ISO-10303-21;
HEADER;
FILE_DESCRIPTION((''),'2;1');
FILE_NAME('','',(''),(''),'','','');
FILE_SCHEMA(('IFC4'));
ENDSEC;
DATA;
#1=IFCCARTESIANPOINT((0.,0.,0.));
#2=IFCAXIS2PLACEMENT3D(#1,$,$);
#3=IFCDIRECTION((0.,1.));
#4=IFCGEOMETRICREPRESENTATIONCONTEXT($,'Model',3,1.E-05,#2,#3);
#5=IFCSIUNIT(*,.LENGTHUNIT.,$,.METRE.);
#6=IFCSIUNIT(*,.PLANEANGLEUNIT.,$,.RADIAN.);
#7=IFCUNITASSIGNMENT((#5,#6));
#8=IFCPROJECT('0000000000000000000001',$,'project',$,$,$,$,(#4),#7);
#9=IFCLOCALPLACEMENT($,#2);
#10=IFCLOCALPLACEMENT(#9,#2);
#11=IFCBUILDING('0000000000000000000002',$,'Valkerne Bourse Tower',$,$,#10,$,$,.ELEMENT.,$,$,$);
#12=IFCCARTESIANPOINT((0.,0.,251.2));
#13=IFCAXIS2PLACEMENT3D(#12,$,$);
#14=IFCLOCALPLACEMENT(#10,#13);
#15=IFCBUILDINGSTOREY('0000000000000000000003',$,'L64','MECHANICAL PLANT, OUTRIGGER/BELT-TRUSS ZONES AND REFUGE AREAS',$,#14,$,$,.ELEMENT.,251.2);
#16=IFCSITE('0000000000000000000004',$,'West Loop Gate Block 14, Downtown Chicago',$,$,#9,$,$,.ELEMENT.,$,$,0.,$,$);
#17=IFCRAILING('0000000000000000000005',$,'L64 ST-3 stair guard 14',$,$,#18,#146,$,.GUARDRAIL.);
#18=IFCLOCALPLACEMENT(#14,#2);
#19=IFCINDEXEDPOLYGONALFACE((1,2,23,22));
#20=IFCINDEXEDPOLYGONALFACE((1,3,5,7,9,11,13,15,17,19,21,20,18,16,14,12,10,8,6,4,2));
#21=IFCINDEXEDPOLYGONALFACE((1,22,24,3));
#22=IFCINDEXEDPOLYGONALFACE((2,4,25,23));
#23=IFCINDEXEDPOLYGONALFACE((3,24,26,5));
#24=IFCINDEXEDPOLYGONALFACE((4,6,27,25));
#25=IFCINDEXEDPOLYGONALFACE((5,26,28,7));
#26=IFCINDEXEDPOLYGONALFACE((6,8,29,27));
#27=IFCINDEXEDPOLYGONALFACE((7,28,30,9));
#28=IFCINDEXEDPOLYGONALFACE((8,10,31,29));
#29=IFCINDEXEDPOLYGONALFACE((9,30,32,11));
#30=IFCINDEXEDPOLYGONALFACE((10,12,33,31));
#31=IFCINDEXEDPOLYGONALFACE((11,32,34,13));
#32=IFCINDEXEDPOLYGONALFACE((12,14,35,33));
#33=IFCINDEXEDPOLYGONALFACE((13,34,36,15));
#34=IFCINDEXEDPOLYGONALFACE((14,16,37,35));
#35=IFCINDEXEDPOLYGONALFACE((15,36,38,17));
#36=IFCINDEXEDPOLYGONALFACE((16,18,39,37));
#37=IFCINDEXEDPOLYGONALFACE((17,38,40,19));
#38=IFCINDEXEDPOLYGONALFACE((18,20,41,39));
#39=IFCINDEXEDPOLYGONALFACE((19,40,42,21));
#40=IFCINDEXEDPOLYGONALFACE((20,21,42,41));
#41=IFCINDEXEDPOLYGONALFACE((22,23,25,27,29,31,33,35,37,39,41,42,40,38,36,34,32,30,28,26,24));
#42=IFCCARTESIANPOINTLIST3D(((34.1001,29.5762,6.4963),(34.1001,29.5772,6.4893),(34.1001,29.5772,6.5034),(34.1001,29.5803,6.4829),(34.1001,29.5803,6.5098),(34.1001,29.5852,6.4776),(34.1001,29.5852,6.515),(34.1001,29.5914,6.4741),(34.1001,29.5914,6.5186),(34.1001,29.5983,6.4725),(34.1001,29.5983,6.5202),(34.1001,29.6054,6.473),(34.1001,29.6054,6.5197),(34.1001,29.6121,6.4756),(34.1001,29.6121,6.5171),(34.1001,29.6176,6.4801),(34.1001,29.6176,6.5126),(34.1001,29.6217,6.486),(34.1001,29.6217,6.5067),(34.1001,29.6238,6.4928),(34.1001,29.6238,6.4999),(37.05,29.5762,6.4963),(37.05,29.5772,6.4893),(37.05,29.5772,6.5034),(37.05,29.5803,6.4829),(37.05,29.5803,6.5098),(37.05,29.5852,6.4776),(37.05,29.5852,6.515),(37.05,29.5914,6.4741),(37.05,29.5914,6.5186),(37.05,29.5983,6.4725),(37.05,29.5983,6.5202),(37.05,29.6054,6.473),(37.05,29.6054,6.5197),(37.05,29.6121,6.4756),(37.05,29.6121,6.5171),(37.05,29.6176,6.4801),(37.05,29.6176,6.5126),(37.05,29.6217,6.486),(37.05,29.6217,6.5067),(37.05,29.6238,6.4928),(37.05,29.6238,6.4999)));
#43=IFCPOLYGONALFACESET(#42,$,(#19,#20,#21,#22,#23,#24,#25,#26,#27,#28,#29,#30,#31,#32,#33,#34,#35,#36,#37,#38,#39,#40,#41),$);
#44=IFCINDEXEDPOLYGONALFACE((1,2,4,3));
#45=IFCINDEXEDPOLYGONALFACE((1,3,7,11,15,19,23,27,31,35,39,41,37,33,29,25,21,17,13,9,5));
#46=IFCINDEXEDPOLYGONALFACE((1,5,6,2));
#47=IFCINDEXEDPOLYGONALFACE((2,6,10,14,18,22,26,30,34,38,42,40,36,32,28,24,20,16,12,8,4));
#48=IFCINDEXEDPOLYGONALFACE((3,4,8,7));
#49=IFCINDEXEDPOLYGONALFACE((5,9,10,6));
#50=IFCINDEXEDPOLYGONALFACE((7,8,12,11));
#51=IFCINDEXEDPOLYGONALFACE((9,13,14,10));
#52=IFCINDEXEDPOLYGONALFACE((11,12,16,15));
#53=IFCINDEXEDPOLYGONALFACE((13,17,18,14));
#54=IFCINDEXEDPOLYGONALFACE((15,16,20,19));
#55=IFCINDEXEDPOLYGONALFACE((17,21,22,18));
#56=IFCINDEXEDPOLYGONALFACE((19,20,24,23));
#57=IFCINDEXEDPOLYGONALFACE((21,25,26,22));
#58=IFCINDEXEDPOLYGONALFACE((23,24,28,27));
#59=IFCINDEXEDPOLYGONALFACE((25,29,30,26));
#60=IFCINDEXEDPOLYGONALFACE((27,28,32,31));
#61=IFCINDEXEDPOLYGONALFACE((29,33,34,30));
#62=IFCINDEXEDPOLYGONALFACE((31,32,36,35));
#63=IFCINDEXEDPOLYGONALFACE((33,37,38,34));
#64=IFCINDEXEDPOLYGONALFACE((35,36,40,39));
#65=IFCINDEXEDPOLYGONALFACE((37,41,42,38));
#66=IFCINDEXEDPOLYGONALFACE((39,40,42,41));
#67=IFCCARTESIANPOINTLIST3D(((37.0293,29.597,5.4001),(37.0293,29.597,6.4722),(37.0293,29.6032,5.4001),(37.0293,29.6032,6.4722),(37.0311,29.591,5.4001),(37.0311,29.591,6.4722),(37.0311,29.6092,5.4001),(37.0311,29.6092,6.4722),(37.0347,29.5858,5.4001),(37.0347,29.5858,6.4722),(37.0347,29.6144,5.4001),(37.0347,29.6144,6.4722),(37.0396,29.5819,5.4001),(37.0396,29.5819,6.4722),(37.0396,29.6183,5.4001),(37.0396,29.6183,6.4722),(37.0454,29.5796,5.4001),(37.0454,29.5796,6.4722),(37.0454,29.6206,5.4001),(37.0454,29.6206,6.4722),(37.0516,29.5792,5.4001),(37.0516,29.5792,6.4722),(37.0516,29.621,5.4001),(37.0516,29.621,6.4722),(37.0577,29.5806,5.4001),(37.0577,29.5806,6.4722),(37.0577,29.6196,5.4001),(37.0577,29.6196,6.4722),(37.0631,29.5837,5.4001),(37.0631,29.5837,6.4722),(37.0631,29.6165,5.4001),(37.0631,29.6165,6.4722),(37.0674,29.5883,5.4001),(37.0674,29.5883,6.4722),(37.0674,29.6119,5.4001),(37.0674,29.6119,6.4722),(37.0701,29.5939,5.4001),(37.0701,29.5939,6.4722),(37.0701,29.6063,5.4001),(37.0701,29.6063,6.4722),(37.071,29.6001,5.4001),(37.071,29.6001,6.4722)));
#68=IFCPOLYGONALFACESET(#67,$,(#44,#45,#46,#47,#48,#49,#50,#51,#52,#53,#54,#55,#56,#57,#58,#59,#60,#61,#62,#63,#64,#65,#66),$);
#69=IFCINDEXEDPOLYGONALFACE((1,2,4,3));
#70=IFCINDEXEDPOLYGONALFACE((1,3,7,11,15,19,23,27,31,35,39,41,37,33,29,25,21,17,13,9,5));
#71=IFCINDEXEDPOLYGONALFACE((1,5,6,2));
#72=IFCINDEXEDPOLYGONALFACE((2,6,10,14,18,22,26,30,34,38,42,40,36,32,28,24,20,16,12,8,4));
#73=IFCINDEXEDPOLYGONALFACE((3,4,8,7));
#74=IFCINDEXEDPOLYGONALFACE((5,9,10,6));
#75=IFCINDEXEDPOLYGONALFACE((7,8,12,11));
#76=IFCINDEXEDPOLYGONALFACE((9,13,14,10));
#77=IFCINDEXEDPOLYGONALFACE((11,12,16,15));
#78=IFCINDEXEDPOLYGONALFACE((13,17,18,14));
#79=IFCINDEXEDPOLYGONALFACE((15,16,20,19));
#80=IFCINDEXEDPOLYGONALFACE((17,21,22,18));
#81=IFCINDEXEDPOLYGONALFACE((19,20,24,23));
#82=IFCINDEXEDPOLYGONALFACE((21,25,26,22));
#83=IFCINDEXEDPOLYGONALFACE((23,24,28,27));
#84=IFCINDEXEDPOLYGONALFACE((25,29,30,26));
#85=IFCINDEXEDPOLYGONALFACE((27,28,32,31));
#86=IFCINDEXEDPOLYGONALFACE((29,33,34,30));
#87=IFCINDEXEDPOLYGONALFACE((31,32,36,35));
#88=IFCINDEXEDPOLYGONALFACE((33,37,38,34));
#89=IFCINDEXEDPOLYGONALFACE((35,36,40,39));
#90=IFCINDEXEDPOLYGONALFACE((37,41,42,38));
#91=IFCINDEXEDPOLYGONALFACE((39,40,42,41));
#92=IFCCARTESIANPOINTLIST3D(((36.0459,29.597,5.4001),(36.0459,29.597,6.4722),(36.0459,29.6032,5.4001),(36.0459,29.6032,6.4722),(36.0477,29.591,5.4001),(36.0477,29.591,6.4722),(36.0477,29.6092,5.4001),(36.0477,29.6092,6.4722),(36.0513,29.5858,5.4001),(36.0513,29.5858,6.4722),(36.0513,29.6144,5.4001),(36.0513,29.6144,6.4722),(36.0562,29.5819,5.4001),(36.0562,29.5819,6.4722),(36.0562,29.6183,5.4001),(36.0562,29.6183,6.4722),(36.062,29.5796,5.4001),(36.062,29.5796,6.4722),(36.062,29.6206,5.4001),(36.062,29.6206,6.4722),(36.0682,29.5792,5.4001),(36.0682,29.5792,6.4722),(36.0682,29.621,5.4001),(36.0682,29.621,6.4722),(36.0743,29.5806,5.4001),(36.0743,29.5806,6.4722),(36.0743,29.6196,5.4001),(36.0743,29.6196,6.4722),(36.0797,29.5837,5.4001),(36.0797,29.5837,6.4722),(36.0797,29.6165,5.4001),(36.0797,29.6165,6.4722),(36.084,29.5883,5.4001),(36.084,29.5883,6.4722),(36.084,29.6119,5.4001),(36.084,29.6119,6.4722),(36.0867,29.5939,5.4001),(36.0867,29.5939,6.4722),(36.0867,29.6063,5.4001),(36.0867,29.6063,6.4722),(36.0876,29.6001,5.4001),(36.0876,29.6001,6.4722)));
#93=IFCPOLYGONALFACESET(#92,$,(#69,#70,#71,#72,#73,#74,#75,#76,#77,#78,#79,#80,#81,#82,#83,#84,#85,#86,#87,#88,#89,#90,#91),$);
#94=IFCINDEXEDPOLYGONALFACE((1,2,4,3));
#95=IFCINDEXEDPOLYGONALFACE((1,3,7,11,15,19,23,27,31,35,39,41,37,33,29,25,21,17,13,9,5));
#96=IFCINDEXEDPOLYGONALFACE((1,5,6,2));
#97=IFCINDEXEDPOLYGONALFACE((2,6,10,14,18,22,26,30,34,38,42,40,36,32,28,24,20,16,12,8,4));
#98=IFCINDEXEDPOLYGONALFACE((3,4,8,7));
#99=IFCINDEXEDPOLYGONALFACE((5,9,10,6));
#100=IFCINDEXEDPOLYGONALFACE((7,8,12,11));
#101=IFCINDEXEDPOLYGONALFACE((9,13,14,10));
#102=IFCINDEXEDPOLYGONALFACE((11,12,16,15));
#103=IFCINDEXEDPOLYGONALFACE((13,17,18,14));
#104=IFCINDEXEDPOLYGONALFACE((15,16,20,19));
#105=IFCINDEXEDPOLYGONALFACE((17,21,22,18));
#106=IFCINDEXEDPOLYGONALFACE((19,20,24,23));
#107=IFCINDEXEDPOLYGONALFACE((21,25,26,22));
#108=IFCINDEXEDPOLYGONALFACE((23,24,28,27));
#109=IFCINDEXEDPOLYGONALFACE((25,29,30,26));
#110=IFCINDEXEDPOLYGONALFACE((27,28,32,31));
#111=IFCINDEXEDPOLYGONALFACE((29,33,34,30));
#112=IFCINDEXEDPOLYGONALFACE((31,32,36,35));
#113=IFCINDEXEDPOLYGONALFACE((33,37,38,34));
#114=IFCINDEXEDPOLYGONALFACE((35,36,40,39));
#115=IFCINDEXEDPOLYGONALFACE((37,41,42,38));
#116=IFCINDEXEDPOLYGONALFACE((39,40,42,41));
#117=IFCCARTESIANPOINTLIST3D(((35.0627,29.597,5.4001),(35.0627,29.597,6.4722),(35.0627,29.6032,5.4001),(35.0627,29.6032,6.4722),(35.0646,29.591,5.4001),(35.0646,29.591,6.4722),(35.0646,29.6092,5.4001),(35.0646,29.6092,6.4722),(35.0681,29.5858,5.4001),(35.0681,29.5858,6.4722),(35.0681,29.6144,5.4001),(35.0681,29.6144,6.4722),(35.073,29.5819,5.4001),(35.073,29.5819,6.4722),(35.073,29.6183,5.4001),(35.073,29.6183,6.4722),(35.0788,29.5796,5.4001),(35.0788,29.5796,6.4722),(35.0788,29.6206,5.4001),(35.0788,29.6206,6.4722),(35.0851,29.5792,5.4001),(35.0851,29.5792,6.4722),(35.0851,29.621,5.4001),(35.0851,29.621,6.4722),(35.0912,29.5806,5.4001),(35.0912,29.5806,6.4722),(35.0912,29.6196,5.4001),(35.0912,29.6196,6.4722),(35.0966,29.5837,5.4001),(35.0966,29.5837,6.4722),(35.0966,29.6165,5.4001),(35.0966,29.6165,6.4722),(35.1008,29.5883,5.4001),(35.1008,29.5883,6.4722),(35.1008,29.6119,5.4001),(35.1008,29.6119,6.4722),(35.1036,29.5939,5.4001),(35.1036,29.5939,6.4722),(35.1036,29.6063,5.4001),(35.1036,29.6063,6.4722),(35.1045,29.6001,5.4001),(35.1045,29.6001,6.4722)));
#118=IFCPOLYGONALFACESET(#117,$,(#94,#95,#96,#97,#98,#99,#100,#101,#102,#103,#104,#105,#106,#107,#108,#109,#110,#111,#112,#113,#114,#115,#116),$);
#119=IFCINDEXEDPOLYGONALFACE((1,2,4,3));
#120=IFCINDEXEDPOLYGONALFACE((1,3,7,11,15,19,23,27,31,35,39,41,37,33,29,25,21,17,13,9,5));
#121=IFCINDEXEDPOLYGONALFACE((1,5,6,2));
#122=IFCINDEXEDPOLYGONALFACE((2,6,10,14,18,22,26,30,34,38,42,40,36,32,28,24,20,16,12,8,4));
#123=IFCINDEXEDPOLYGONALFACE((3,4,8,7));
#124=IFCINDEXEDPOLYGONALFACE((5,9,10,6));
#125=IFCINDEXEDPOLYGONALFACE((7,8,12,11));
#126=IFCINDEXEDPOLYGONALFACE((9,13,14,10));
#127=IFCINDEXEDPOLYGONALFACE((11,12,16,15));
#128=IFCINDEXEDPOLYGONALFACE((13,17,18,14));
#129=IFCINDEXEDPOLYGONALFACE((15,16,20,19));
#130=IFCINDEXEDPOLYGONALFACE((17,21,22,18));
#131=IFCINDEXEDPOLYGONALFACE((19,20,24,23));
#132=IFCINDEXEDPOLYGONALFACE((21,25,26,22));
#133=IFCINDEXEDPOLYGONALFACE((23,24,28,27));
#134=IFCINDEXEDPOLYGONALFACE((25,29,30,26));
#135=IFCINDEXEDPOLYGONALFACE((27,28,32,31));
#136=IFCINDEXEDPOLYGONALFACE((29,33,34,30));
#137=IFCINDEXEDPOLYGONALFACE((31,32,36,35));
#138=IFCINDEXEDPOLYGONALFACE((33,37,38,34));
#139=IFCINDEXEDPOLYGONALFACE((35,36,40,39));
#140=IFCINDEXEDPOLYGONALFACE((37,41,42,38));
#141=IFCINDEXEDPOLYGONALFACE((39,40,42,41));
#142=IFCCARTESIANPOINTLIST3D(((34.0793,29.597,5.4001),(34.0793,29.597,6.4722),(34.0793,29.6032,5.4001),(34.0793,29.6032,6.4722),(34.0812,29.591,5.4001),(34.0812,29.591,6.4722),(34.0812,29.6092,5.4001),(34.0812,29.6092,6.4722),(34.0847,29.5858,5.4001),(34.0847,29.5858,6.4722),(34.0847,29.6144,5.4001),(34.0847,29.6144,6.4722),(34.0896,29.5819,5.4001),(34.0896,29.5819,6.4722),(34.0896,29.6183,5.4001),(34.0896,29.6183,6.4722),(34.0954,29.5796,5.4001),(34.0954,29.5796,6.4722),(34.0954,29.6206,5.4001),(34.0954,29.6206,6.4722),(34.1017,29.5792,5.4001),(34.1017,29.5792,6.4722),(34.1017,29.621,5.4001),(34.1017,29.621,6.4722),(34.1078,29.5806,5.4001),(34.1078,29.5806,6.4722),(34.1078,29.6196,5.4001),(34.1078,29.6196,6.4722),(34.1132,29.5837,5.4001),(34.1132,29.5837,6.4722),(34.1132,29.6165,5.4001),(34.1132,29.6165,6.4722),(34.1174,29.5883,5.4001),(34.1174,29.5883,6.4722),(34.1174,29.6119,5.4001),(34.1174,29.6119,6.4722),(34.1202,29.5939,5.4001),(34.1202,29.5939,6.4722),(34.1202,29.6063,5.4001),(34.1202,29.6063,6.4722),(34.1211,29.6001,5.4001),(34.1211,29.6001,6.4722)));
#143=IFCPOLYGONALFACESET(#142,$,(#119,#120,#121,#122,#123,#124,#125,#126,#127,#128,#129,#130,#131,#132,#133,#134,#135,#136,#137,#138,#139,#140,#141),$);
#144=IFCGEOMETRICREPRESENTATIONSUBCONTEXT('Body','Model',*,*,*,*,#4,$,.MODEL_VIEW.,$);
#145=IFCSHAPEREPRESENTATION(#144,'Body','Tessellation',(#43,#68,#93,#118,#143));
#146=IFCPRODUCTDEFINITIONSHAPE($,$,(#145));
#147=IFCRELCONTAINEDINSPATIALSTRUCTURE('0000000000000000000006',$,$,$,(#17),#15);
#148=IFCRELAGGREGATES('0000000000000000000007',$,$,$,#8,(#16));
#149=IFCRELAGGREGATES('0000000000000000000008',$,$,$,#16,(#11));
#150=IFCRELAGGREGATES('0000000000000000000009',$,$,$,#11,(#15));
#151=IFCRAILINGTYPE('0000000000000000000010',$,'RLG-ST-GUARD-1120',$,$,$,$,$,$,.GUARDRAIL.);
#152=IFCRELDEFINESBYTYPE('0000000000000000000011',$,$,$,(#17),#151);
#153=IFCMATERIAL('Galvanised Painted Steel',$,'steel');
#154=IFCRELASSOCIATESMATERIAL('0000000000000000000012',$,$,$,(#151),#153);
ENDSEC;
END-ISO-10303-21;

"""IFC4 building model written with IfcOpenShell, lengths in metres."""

from ifc_helpers import new_model, si_unit, direction, frame, origin, origin_2d, place, context, subcontext, project, spatial, circle, extrude, material, type_object, element, save


model = new_model("IFC4")

# Units and contexts
model_context = context("Model", 3, precision=1e-05, world=origin(), true_north=direction((0.0, 1.0)))
body_context = subcontext(model_context, "Body", "Model", "MODEL_VIEW")
ifc_project = project(units=[si_unit("LENGTHUNIT", "METRE"), si_unit("PLANEANGLEUNIT", "RADIAN")], contexts=[model_context])

# Site, building, storey
site_placement = place(None, origin())
site = spatial("IfcSite", under=ifc_project, at=site_placement, Name="West Loop Gate Block 14, Downtown Chicago", CompositionType="ELEMENT", RefElevation=0.0)
building_placement = place(site_placement, origin())
building = spatial("IfcBuilding", under=site, at=building_placement, Name="Valkerne Bourse Tower", CompositionType="ELEMENT")
storey_placement = place(building_placement, frame((0.0, 0.0, 251.2)))
storey = spatial("IfcBuildingStorey", under=building, at=storey_placement, Name="L64", Description="MECHANICAL PLANT, OUTRIGGER/BELT-TRUSS ZONES AND REFUGE AREAS", CompositionType="ELEMENT", Elevation=251.2)

# Railing
ifc_material_1 = material(Name="Galvanised Painted Steel", Category="steel")
railing_type = type_object("IfcRailingType", Name="RLG-ST-GUARD-1120", PredefinedType="GUARDRAIL", material=ifc_material_1)
for number, where, name in (
    (1, (37.05, 29.6001, 5.4001), "L64 ST-3 stair guard 14"),
):
    element("IfcRailing", number, at=place(storey_placement, frame(where)), inside=storey, type_object=railing_type, Name=name, PredefinedType="GUARDRAIL", context=body_context, shape_type="SweptSolid", body=[
        extrude(circle(Radius=0.0239, at=origin_2d()), frame((0.0, 0.0, 1.0962), z_axis=(-1.0, 0.0, 0.0), x_axis=(0.0, -1.0, 0.0)), (0.0, 0.0, 1.0), 2.95),
        extrude(circle(Radius=0.021, at=origin_2d()), origin(), (0.0, 0.0, 1.0), 1.072),
        extrude(circle(Radius=0.021, at=origin_2d()), frame((-0.9834, 0.0, 0.0)), (0.0, 0.0, 1.0), 1.072),
        extrude(circle(Radius=0.021, at=origin_2d()), frame((-1.9666, 0.0, 0.0)), (0.0, 0.0, 1.0), 1.072),
        extrude(circle(Radius=0.021, at=origin_2d()), frame((-2.95, 0.0, 0.0)), (0.0, 0.0, 1.0), 1.072),
    ])

save(model, "model.ifc")
